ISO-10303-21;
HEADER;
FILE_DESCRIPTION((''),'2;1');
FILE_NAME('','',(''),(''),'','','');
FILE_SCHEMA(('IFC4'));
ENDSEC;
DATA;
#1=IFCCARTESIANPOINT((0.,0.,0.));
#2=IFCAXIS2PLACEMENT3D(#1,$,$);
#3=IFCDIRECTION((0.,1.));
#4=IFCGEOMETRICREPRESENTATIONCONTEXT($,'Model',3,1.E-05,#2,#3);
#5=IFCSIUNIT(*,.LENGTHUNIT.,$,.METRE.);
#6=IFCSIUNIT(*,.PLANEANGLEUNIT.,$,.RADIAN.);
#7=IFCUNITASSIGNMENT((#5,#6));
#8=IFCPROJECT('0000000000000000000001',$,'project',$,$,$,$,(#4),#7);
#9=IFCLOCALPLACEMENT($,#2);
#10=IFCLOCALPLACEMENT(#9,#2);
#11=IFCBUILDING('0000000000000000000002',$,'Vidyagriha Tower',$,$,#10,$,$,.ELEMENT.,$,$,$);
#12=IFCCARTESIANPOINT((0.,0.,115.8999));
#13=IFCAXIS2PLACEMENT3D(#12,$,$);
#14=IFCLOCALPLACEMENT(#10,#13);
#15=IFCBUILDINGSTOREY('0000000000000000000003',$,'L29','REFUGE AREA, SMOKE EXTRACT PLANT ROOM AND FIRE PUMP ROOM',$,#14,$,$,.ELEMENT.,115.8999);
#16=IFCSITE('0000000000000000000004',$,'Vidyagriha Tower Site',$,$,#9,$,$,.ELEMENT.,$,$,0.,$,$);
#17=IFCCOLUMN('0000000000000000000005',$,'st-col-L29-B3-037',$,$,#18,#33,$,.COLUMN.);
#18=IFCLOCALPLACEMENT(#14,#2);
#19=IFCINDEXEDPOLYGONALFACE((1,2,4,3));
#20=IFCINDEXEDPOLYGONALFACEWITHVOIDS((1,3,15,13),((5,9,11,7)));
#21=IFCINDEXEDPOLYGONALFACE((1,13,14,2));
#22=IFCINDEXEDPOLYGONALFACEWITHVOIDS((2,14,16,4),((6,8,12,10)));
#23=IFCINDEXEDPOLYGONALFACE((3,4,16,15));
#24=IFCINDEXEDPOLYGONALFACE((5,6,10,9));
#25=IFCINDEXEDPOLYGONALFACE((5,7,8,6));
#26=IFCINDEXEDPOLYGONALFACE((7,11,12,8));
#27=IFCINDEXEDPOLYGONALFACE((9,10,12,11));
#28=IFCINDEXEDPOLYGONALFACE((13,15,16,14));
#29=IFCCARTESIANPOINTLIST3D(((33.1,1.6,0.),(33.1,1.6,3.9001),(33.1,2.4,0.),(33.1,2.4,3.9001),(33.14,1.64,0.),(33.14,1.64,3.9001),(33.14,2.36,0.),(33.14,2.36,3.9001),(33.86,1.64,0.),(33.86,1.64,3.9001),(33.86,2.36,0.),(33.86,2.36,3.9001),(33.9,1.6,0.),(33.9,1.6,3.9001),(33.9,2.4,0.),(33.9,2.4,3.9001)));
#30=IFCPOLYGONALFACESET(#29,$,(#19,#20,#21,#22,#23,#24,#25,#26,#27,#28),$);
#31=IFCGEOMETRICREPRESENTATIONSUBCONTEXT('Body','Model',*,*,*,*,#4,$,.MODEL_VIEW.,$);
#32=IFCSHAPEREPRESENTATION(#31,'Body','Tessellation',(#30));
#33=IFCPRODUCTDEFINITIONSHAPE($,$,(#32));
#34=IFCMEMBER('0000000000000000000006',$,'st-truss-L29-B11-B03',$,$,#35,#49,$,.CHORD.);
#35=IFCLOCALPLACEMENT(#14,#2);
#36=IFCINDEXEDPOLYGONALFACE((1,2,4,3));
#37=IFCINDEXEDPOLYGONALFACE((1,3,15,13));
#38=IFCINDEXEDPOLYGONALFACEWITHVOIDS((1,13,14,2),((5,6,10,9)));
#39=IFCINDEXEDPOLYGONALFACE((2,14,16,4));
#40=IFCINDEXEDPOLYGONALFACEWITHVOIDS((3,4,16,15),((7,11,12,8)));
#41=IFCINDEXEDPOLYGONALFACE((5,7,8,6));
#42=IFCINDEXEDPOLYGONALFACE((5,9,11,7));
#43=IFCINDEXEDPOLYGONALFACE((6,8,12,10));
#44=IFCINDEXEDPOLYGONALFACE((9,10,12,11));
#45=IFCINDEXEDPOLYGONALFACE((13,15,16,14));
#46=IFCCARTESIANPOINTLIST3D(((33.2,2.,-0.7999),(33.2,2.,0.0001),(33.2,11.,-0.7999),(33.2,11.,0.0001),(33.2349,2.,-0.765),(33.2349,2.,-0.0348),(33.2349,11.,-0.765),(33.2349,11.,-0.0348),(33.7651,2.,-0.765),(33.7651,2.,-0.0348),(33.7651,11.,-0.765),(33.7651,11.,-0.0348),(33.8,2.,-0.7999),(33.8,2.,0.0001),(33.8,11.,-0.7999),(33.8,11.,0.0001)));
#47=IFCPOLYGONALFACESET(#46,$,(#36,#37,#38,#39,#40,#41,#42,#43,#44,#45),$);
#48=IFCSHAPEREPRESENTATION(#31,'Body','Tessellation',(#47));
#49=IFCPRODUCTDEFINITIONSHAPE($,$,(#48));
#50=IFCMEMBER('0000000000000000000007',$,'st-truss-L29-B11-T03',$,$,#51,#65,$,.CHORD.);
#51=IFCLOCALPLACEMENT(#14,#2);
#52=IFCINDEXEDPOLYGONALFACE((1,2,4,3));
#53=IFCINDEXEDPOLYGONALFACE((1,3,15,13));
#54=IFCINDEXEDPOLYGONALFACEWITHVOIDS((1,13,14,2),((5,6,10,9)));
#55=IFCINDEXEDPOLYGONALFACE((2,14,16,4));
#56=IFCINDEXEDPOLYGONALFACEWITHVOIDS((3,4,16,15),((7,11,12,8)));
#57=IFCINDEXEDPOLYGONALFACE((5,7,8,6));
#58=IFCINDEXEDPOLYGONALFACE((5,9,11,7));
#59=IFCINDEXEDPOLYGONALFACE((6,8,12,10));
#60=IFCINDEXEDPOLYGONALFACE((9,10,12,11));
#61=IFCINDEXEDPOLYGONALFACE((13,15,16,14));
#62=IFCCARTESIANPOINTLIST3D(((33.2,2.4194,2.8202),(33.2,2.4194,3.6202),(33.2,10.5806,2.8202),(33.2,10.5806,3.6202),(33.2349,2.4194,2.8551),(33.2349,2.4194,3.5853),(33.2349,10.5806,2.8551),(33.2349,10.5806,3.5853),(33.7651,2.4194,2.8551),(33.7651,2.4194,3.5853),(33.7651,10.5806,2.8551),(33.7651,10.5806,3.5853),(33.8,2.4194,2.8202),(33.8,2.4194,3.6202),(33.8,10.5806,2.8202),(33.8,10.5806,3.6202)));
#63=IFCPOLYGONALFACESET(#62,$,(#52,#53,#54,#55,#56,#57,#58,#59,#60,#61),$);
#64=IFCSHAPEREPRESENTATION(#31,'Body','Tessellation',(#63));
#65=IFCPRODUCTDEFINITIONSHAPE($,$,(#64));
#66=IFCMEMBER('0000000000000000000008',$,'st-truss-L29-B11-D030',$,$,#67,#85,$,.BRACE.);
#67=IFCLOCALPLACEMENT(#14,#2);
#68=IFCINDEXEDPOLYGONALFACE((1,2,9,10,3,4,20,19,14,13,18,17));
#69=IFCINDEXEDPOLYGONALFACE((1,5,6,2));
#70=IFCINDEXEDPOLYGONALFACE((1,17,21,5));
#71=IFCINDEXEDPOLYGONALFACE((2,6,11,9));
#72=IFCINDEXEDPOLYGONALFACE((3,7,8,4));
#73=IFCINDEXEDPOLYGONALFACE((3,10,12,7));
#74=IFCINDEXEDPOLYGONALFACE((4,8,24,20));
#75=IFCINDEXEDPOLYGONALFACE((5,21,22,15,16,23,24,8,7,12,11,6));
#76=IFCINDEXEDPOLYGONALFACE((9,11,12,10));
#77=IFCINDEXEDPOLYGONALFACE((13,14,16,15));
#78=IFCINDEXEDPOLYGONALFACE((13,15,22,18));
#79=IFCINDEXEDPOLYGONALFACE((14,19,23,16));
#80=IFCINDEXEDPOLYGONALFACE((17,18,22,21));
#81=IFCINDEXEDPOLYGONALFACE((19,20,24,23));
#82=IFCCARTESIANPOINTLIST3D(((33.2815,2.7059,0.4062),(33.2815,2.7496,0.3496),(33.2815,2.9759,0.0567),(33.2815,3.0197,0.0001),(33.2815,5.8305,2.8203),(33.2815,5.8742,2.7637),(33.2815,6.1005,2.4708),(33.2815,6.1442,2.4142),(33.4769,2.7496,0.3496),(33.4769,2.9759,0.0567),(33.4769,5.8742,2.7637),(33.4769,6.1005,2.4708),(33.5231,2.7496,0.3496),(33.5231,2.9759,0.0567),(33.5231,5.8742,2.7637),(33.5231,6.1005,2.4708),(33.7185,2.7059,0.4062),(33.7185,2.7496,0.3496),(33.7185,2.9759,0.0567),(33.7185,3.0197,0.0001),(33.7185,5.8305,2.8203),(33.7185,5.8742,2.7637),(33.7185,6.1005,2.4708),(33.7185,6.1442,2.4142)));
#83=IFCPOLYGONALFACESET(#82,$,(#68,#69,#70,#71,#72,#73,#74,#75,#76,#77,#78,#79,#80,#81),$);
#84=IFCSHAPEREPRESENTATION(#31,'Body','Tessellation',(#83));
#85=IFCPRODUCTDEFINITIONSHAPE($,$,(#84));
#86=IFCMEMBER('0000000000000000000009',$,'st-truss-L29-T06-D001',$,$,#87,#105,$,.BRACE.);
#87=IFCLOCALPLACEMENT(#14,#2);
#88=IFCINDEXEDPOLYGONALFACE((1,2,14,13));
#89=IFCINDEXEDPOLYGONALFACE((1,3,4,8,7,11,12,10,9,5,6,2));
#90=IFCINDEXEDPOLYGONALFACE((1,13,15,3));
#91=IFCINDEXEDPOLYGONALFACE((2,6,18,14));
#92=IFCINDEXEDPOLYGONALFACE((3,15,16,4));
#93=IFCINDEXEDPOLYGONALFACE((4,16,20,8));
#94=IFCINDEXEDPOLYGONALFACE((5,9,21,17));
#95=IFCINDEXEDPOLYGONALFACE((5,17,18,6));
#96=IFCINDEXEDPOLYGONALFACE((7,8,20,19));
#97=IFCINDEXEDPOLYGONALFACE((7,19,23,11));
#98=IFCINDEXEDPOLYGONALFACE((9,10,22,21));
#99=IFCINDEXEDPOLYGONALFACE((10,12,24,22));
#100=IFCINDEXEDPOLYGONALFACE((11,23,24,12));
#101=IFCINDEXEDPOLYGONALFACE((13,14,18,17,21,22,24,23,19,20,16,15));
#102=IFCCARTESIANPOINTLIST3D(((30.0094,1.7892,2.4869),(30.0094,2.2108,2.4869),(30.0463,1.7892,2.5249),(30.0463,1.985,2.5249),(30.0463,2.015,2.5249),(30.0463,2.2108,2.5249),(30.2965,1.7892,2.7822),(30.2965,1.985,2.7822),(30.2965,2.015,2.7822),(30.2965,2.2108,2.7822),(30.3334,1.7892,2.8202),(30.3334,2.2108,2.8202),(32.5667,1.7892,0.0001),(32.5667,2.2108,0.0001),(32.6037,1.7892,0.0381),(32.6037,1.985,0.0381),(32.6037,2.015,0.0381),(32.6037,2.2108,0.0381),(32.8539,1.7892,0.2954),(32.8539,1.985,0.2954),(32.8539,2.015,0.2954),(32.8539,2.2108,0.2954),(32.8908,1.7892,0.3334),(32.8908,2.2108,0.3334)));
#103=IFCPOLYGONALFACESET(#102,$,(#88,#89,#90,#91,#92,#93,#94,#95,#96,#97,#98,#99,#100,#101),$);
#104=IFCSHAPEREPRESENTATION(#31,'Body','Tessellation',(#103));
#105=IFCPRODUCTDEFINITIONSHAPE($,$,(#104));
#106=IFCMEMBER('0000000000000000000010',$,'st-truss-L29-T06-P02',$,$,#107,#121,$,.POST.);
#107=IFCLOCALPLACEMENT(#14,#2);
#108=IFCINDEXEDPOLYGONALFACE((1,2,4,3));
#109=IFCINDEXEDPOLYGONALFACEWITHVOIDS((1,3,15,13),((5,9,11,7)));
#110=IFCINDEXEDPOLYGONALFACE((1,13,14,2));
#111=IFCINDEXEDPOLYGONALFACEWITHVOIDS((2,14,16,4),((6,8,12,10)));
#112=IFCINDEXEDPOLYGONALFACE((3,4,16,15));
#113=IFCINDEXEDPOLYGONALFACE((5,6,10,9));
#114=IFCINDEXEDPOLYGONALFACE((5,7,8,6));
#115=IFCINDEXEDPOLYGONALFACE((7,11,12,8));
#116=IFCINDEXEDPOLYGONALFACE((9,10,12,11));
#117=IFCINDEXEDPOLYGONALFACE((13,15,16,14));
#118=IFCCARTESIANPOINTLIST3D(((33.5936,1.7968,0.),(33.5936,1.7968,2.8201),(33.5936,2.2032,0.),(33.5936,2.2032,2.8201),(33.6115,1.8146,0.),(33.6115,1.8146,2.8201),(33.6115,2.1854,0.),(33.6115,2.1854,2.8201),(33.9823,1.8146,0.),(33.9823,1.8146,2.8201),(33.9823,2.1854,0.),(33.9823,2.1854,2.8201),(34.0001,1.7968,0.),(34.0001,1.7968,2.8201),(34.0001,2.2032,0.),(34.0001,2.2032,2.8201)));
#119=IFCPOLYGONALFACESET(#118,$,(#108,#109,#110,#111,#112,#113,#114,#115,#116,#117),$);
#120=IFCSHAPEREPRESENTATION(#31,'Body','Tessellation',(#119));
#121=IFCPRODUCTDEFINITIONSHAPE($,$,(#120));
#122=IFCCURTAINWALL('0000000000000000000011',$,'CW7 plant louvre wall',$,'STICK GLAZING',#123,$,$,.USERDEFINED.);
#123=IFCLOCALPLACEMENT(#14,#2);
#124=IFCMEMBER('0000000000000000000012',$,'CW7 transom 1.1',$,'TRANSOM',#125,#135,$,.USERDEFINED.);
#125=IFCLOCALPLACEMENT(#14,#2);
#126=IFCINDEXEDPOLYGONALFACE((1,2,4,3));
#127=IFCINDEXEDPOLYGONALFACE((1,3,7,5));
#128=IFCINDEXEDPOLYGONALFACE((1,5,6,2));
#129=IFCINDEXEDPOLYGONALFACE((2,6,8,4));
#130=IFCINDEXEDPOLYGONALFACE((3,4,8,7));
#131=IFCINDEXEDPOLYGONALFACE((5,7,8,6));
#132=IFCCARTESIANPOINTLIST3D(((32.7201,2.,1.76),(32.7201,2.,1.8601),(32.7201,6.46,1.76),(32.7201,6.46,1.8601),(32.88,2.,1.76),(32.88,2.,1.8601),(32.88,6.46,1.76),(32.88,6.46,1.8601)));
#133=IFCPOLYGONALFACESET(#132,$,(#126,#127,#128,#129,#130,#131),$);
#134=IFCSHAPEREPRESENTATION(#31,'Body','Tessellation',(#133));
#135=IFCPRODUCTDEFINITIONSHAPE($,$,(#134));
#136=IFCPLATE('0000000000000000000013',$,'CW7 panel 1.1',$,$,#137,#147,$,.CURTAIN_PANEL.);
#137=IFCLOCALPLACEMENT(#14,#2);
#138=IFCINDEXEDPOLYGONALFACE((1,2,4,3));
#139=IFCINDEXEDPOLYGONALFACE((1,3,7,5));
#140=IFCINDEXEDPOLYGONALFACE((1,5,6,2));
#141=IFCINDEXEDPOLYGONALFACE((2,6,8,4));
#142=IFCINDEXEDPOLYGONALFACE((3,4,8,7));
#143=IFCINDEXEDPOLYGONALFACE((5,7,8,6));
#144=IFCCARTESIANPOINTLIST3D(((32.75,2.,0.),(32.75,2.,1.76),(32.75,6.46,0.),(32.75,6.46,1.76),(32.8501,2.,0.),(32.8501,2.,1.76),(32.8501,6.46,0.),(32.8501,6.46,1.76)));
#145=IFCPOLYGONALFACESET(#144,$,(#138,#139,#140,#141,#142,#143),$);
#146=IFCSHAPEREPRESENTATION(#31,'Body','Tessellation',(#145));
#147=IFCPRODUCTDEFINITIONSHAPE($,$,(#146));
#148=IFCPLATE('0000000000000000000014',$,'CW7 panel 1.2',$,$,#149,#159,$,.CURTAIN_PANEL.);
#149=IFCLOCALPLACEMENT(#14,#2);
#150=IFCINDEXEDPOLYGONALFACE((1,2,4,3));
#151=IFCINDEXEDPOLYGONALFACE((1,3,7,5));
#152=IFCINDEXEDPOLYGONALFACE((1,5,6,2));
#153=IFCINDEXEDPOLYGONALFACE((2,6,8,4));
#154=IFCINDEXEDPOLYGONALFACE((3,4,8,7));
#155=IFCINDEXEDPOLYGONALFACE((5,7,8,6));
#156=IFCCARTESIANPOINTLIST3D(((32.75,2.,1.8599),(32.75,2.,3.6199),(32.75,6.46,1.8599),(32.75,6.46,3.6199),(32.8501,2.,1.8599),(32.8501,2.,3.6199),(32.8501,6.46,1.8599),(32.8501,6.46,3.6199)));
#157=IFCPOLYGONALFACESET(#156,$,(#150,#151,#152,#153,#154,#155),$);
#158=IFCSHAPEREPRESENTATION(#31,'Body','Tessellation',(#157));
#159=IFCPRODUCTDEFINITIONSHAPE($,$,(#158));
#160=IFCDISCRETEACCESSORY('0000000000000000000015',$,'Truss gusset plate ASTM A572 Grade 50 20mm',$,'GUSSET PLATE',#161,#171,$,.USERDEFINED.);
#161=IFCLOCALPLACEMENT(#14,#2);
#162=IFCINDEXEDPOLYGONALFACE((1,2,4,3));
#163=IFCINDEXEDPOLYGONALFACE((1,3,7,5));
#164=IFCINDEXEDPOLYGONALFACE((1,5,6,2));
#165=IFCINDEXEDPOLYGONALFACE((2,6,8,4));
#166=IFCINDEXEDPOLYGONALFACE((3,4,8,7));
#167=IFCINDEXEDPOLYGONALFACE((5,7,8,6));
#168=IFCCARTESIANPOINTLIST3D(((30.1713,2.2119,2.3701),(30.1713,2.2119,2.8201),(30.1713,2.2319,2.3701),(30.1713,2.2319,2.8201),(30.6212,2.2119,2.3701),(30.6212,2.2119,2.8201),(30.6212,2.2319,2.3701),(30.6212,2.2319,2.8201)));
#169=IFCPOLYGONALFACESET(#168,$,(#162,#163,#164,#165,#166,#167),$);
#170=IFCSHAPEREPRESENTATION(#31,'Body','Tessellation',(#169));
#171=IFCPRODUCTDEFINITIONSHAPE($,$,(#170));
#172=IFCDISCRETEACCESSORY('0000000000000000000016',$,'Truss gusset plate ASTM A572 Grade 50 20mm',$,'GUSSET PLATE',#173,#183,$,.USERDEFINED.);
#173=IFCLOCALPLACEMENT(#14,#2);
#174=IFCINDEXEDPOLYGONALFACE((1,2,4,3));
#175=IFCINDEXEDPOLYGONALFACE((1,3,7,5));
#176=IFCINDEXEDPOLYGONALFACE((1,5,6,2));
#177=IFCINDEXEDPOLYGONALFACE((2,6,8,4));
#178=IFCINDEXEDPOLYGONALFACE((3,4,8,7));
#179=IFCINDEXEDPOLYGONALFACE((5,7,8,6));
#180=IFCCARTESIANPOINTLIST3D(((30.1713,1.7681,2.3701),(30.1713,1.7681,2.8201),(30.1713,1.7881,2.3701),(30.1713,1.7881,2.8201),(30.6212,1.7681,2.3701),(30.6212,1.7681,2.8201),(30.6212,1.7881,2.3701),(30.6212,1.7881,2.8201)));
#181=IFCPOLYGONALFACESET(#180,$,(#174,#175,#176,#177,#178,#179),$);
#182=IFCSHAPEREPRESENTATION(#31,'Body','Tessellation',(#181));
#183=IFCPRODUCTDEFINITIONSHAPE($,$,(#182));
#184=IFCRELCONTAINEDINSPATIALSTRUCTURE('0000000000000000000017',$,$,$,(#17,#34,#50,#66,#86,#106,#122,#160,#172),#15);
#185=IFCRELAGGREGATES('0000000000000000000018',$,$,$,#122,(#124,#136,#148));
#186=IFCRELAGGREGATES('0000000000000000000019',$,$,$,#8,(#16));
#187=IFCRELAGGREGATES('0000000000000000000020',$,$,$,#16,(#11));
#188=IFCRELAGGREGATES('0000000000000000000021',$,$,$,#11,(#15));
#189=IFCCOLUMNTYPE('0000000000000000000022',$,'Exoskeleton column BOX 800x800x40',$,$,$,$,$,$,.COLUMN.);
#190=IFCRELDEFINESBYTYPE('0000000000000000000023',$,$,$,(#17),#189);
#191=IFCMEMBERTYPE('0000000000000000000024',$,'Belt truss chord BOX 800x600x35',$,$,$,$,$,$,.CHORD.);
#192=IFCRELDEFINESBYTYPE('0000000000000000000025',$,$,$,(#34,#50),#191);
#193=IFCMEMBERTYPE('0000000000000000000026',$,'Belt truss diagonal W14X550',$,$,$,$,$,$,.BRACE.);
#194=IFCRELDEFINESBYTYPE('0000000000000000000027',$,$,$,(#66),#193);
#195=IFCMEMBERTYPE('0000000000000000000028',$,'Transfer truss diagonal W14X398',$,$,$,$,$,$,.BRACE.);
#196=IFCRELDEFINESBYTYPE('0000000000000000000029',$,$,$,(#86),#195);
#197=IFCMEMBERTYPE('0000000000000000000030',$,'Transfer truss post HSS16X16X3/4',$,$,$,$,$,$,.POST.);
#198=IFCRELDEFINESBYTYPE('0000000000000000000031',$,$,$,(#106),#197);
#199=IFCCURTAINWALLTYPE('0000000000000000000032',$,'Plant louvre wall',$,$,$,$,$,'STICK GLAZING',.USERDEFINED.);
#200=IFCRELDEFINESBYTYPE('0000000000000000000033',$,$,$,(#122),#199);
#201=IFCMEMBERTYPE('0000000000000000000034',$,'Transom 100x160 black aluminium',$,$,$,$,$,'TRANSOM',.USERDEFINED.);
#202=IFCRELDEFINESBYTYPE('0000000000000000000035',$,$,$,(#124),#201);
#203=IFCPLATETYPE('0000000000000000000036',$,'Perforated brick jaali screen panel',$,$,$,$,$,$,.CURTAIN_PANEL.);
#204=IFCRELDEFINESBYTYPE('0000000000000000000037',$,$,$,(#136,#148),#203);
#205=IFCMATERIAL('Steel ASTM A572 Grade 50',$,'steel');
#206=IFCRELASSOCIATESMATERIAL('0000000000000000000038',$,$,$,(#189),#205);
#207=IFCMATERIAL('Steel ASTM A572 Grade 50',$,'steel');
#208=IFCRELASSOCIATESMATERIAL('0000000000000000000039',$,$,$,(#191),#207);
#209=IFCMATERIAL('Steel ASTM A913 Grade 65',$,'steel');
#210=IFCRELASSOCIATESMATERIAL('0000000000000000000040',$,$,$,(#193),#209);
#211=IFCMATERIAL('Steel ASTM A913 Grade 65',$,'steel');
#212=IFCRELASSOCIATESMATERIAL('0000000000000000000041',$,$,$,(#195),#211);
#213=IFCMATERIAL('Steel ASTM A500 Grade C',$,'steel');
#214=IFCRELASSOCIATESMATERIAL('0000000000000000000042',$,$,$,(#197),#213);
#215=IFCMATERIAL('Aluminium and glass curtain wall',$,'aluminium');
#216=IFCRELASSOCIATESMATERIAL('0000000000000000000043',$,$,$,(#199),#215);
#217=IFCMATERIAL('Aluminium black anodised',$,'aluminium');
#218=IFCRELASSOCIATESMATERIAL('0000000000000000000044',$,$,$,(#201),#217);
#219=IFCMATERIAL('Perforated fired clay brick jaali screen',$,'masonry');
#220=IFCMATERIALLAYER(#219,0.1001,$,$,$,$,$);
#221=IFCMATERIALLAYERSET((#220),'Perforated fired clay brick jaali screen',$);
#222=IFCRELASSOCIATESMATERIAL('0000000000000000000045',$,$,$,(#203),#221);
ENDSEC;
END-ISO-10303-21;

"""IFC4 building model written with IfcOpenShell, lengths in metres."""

from ifc_helpers import new_model, si_unit, direction, frame, origin, origin_2d, place, context, subcontext, project, spatial, rectangle, hollow_rectangle, i_section, extrude, material, layer, layer_set, material_profile, profile_set, type_object, element, aggregate, save


model = new_model("IFC4")

# Units and contexts
model_context = context("Model", 3, precision=1e-05, world=origin(), true_north=direction((0.0, 1.0)))
body_context = subcontext(model_context, "Body", "Model", "MODEL_VIEW")
ifc_project = project(units=[si_unit("LENGTHUNIT", "METRE"), si_unit("PLANEANGLEUNIT", "RADIAN")], contexts=[model_context])

# Site, building, storey
site_placement = place(None, origin())
site = spatial("IfcSite", under=ifc_project, at=site_placement, Name="Vidyagriha Tower Site", CompositionType="ELEMENT", RefElevation=0.0)
building_placement = place(site_placement, origin())
building = spatial("IfcBuilding", under=site, at=building_placement, Name="Vidyagriha Tower", CompositionType="ELEMENT")
storey_placement = place(building_placement, frame((0.0, 0.0, 115.8999)))
storey = spatial("IfcBuildingStorey", under=building, at=storey_placement, Name="L29", Description="REFUGE AREA, SMOKE EXTRACT PLANT ROOM AND FIRE PUMP ROOM", CompositionType="ELEMENT", Elevation=115.8999)

# Column
ifc_material_1 = material(Name="Steel ASTM A572 Grade 50", Category="steel")
ifc_material_profile_1 = material_profile(ifc_material_1, hollow_rectangle(XDim=0.8, YDim=0.8, WallThickness=0.04, at=origin_2d()), Name="BOX 800x800x40")
ifc_profile_set_1 = profile_set([ifc_material_profile_1], Name="Steel ASTM A572 Grade 50")
column_type = type_object("IfcColumnType", Name="Exoskeleton column BOX 800x800x40", PredefinedType="COLUMN", material=ifc_profile_set_1)
column_placement = place(storey_placement, frame((33.5, 2.0, 0.0)))
element("IfcColumn", 1, at=column_placement, inside=storey, type_object=column_type, Name="st-col-L29-B3-037", PredefinedType="COLUMN", context=body_context, shape_type="SweptSolid", body=[
    extrude(hollow_rectangle(XDim=0.8, YDim=0.8, WallThickness=0.04, at=origin_2d()), origin(), (0.0, 0.0, 1.0), 3.9001),
])

# Members
ifc_material_2 = material(Name="Steel ASTM A572 Grade 50", Category="steel")
ifc_material_profile_2 = material_profile(ifc_material_2, hollow_rectangle(XDim=0.6001, YDim=0.8, WallThickness=0.0349, at=origin_2d()), Name="BOX 800x600x35")
ifc_profile_set_2 = profile_set([ifc_material_profile_2], Name="Steel ASTM A572 Grade 50")
member_type_1 = type_object("IfcMemberType", Name="Belt truss chord BOX 800x600x35", PredefinedType="CHORD", material=ifc_profile_set_2)
member_1_placement = place(storey_placement, frame((33.5, 2.0, -0.3999), z_axis=(0.0, 1.0, 0.0), x_axis=(-1.0, 0.0, 0.0)))
element("IfcMember", 2, at=member_1_placement, inside=storey, type_object=member_type_1, Name="st-truss-L29-B11-B03", PredefinedType="CHORD", context=body_context, shape_type="SweptSolid", body=[
    extrude(hollow_rectangle(XDim=0.6001, YDim=0.8, WallThickness=0.0349, at=origin_2d()), origin(), (0.0, 0.0, 1.0), 9.0),
])
member_2_placement = place(storey_placement, frame((33.5, 2.4194, 3.2202), z_axis=(0.0, 1.0, 0.0), x_axis=(-1.0, 0.0, 0.0)))
element("IfcMember", 3, at=member_2_placement, inside=storey, type_object=member_type_1, Name="st-truss-L29-B11-T03", PredefinedType="CHORD", context=body_context, shape_type="SweptSolid", body=[
    extrude(hollow_rectangle(XDim=0.6001, YDim=0.8, WallThickness=0.0349, at=origin_2d()), origin(), (0.0, 0.0, 1.0), 8.1611),
])
ifc_material_3 = material(Name="Steel ASTM A913 Grade 65", Category="steel")
ifc_material_profile_3 = material_profile(ifc_material_3, i_section(OverallWidth=0.437, OverallDepth=0.5132, WebThickness=0.0461, FlangeThickness=0.0715, at=origin_2d()), Name="W14X550")
ifc_profile_set_3 = profile_set([ifc_material_profile_3], Name="Steel ASTM A913 Grade 65")
member_type_2 = type_object("IfcMemberType", Name="Belt truss diagonal W14X550", PredefinedType="BRACE", material=ifc_profile_set_3)
member_3_placement = place(storey_placement, frame((33.5, 2.8628, 0.2031), z_axis=(0.0, 0.791326, 0.611395), x_axis=(-1.0, 0.0, 0.0)))
element("IfcMember", 4, at=member_3_placement, inside=storey, type_object=member_type_2, Name="st-truss-L29-B11-D030", PredefinedType="BRACE", context=body_context, shape_type="SweptSolid", body=[
    extrude(i_section(OverallWidth=0.437, OverallDepth=0.5132, WebThickness=0.0461, FlangeThickness=0.0715, at=origin_2d()), origin(), (0.0, 0.0, 1.0), 3.9485),
])
ifc_material_4 = material(Name="Steel ASTM A913 Grade 65", Category="steel")
ifc_material_profile_4 = material_profile(ifc_material_4, i_section(OverallWidth=0.4216, OverallDepth=0.4648, WebThickness=0.03, FlangeThickness=0.053, at=origin_2d()), Name="W14X398")
ifc_profile_set_4 = profile_set([ifc_material_profile_4], Name="Steel ASTM A913 Grade 65")
member_type_3 = type_object("IfcMemberType", Name="Transfer truss diagonal W14X398", PredefinedType="BRACE", material=ifc_profile_set_4)
member_4_placement = place(storey_placement, frame((30.1714, 2.0, 2.6536), z_axis=(0.716927, 0.0, -0.697148), x_axis=(0.0, 1.0, 0.0)))
element("IfcMember", 5, at=member_4_placement, inside=storey, type_object=member_type_3, Name="st-truss-L29-T06-D001", PredefinedType="BRACE", context=body_context, shape_type="SweptSolid", body=[
    extrude(i_section(OverallWidth=0.4216, OverallDepth=0.4648, WebThickness=0.03, FlangeThickness=0.053, at=origin_2d()), origin(), (0.0, 0.0, 1.0), 3.5671),
])
ifc_material_5 = material(Name="Steel ASTM A500 Grade C", Category="steel")
ifc_material_profile_5 = material_profile(ifc_material_5, hollow_rectangle(XDim=0.4065, YDim=0.4065, WallThickness=0.0178, at=origin_2d()), Name="HSS16X16X3/4")
ifc_profile_set_5 = profile_set([ifc_material_profile_5], Name="Steel ASTM A500 Grade C")
member_type_4 = type_object("IfcMemberType", Name="Transfer truss post HSS16X16X3/4", PredefinedType="POST", material=ifc_profile_set_5)
member_5_placement = place(storey_placement, frame((33.7969, 2.0, 0.0)))
element("IfcMember", 6, at=member_5_placement, inside=storey, type_object=member_type_4, Name="st-truss-L29-T06-P02", PredefinedType="POST", context=body_context, shape_type="SweptSolid", body=[
    extrude(hollow_rectangle(XDim=0.4065, YDim=0.4065, WallThickness=0.0178, at=origin_2d()), origin(), (0.0, 0.0, 1.0), 2.8201),
])

# Curtain wall, member, plates
ifc_material_6 = material(Name="Aluminium and glass curtain wall", Category="aluminium")
curtain_wall_type = type_object("IfcCurtainWallType", Name="Plant louvre wall", ElementType="STICK GLAZING", PredefinedType="USERDEFINED", material=ifc_material_6)
curtain_wall_placement = place(storey_placement, origin())
curtain_wall = element("IfcCurtainWall", 7, at=curtain_wall_placement, inside=storey, type_object=curtain_wall_type, Name="CW7 plant louvre wall", ObjectType="STICK GLAZING", PredefinedType="USERDEFINED")
ifc_material_7 = material(Name="Aluminium black anodised", Category="aluminium")
ifc_material_profile_6 = material_profile(ifc_material_7, rectangle(XDim=0.1599, YDim=0.1001, at=origin_2d()), Name="Transom 100x160 black aluminium")
ifc_profile_set_6 = profile_set([ifc_material_profile_6], Name="Aluminium black anodised")
member_type_5 = type_object("IfcMemberType", Name="Transom 100x160 black aluminium", ElementType="TRANSOM", PredefinedType="USERDEFINED", material=ifc_profile_set_6)
member_6_placement = place(storey_placement, frame((32.8, 2.0, 1.8101), z_axis=(0.0, 1.0, 0.0), x_axis=(-1.0, 0.0, 0.0)))
member_6 = element("IfcMember", 8, at=member_6_placement, type_object=member_type_5, Name="CW7 transom 1.1", ObjectType="TRANSOM", PredefinedType="USERDEFINED", context=body_context, shape_type="SweptSolid", body=[
    extrude(rectangle(XDim=0.1599, YDim=0.1001, at=origin_2d()), origin(), (0.0, 0.0, 1.0), 4.46),
])
ifc_material_8 = material(Name="Perforated fired clay brick jaali screen", Category="masonry")
ifc_layer = layer(ifc_material_8, 0.1001)
ifc_layer_set = layer_set([ifc_layer], Name="Perforated fired clay brick jaali screen")
plate_type = type_object("IfcPlateType", Name="Perforated brick jaali screen panel", PredefinedType="CURTAIN_PANEL", material=ifc_layer_set)
plate_1_placement = place(storey_placement, frame((32.8, 4.23, 0.0), z_axis=(0.0, 0.0, 1.0), x_axis=(0.0, 1.0, 0.0)))
plate_1 = element("IfcPlate", 9, at=plate_1_placement, type_object=plate_type, Name="CW7 panel 1.1", PredefinedType="CURTAIN_PANEL", context=body_context, shape_type="SweptSolid", body=[
    extrude(rectangle(XDim=4.46, YDim=0.1001, at=origin_2d()), origin(), (0.0, 0.0, 1.0), 1.76),
])
plate_2_placement = place(storey_placement, frame((32.8, 4.23, 1.8599), z_axis=(0.0, 0.0, 1.0), x_axis=(0.0, 1.0, 0.0)))
plate_2 = element("IfcPlate", 10, at=plate_2_placement, type_object=plate_type, Name="CW7 panel 1.2", PredefinedType="CURTAIN_PANEL", context=body_context, shape_type="SweptSolid", body=[
    extrude(rectangle(XDim=4.46, YDim=0.1001, at=origin_2d()), origin(), (0.0, 0.0, 1.0), 1.76),
])
aggregate(curtain_wall, [member_6, plate_1, plate_2])

# Discrete accessories
for number, where, name in (
    (11, (30.3962, 2.2219, 2.3701), "Truss gusset plate ASTM A572 Grade 50 20mm"),
    (12, (30.3962, 1.7781, 2.3701), "Truss gusset plate ASTM A572 Grade 50 20mm"),
):
    element("IfcDiscreteAccessory", number, at=place(storey_placement, frame(where)), inside=storey, Name=name, ObjectType="GUSSET PLATE", PredefinedType="USERDEFINED", context=body_context, shape_type="SweptSolid", body=[
        extrude(rectangle(XDim=0.45, YDim=0.02, at=origin_2d()), origin(), (0.0, 0.0, 1.0), 0.45),
    ])

save(model, "model.ifc")
